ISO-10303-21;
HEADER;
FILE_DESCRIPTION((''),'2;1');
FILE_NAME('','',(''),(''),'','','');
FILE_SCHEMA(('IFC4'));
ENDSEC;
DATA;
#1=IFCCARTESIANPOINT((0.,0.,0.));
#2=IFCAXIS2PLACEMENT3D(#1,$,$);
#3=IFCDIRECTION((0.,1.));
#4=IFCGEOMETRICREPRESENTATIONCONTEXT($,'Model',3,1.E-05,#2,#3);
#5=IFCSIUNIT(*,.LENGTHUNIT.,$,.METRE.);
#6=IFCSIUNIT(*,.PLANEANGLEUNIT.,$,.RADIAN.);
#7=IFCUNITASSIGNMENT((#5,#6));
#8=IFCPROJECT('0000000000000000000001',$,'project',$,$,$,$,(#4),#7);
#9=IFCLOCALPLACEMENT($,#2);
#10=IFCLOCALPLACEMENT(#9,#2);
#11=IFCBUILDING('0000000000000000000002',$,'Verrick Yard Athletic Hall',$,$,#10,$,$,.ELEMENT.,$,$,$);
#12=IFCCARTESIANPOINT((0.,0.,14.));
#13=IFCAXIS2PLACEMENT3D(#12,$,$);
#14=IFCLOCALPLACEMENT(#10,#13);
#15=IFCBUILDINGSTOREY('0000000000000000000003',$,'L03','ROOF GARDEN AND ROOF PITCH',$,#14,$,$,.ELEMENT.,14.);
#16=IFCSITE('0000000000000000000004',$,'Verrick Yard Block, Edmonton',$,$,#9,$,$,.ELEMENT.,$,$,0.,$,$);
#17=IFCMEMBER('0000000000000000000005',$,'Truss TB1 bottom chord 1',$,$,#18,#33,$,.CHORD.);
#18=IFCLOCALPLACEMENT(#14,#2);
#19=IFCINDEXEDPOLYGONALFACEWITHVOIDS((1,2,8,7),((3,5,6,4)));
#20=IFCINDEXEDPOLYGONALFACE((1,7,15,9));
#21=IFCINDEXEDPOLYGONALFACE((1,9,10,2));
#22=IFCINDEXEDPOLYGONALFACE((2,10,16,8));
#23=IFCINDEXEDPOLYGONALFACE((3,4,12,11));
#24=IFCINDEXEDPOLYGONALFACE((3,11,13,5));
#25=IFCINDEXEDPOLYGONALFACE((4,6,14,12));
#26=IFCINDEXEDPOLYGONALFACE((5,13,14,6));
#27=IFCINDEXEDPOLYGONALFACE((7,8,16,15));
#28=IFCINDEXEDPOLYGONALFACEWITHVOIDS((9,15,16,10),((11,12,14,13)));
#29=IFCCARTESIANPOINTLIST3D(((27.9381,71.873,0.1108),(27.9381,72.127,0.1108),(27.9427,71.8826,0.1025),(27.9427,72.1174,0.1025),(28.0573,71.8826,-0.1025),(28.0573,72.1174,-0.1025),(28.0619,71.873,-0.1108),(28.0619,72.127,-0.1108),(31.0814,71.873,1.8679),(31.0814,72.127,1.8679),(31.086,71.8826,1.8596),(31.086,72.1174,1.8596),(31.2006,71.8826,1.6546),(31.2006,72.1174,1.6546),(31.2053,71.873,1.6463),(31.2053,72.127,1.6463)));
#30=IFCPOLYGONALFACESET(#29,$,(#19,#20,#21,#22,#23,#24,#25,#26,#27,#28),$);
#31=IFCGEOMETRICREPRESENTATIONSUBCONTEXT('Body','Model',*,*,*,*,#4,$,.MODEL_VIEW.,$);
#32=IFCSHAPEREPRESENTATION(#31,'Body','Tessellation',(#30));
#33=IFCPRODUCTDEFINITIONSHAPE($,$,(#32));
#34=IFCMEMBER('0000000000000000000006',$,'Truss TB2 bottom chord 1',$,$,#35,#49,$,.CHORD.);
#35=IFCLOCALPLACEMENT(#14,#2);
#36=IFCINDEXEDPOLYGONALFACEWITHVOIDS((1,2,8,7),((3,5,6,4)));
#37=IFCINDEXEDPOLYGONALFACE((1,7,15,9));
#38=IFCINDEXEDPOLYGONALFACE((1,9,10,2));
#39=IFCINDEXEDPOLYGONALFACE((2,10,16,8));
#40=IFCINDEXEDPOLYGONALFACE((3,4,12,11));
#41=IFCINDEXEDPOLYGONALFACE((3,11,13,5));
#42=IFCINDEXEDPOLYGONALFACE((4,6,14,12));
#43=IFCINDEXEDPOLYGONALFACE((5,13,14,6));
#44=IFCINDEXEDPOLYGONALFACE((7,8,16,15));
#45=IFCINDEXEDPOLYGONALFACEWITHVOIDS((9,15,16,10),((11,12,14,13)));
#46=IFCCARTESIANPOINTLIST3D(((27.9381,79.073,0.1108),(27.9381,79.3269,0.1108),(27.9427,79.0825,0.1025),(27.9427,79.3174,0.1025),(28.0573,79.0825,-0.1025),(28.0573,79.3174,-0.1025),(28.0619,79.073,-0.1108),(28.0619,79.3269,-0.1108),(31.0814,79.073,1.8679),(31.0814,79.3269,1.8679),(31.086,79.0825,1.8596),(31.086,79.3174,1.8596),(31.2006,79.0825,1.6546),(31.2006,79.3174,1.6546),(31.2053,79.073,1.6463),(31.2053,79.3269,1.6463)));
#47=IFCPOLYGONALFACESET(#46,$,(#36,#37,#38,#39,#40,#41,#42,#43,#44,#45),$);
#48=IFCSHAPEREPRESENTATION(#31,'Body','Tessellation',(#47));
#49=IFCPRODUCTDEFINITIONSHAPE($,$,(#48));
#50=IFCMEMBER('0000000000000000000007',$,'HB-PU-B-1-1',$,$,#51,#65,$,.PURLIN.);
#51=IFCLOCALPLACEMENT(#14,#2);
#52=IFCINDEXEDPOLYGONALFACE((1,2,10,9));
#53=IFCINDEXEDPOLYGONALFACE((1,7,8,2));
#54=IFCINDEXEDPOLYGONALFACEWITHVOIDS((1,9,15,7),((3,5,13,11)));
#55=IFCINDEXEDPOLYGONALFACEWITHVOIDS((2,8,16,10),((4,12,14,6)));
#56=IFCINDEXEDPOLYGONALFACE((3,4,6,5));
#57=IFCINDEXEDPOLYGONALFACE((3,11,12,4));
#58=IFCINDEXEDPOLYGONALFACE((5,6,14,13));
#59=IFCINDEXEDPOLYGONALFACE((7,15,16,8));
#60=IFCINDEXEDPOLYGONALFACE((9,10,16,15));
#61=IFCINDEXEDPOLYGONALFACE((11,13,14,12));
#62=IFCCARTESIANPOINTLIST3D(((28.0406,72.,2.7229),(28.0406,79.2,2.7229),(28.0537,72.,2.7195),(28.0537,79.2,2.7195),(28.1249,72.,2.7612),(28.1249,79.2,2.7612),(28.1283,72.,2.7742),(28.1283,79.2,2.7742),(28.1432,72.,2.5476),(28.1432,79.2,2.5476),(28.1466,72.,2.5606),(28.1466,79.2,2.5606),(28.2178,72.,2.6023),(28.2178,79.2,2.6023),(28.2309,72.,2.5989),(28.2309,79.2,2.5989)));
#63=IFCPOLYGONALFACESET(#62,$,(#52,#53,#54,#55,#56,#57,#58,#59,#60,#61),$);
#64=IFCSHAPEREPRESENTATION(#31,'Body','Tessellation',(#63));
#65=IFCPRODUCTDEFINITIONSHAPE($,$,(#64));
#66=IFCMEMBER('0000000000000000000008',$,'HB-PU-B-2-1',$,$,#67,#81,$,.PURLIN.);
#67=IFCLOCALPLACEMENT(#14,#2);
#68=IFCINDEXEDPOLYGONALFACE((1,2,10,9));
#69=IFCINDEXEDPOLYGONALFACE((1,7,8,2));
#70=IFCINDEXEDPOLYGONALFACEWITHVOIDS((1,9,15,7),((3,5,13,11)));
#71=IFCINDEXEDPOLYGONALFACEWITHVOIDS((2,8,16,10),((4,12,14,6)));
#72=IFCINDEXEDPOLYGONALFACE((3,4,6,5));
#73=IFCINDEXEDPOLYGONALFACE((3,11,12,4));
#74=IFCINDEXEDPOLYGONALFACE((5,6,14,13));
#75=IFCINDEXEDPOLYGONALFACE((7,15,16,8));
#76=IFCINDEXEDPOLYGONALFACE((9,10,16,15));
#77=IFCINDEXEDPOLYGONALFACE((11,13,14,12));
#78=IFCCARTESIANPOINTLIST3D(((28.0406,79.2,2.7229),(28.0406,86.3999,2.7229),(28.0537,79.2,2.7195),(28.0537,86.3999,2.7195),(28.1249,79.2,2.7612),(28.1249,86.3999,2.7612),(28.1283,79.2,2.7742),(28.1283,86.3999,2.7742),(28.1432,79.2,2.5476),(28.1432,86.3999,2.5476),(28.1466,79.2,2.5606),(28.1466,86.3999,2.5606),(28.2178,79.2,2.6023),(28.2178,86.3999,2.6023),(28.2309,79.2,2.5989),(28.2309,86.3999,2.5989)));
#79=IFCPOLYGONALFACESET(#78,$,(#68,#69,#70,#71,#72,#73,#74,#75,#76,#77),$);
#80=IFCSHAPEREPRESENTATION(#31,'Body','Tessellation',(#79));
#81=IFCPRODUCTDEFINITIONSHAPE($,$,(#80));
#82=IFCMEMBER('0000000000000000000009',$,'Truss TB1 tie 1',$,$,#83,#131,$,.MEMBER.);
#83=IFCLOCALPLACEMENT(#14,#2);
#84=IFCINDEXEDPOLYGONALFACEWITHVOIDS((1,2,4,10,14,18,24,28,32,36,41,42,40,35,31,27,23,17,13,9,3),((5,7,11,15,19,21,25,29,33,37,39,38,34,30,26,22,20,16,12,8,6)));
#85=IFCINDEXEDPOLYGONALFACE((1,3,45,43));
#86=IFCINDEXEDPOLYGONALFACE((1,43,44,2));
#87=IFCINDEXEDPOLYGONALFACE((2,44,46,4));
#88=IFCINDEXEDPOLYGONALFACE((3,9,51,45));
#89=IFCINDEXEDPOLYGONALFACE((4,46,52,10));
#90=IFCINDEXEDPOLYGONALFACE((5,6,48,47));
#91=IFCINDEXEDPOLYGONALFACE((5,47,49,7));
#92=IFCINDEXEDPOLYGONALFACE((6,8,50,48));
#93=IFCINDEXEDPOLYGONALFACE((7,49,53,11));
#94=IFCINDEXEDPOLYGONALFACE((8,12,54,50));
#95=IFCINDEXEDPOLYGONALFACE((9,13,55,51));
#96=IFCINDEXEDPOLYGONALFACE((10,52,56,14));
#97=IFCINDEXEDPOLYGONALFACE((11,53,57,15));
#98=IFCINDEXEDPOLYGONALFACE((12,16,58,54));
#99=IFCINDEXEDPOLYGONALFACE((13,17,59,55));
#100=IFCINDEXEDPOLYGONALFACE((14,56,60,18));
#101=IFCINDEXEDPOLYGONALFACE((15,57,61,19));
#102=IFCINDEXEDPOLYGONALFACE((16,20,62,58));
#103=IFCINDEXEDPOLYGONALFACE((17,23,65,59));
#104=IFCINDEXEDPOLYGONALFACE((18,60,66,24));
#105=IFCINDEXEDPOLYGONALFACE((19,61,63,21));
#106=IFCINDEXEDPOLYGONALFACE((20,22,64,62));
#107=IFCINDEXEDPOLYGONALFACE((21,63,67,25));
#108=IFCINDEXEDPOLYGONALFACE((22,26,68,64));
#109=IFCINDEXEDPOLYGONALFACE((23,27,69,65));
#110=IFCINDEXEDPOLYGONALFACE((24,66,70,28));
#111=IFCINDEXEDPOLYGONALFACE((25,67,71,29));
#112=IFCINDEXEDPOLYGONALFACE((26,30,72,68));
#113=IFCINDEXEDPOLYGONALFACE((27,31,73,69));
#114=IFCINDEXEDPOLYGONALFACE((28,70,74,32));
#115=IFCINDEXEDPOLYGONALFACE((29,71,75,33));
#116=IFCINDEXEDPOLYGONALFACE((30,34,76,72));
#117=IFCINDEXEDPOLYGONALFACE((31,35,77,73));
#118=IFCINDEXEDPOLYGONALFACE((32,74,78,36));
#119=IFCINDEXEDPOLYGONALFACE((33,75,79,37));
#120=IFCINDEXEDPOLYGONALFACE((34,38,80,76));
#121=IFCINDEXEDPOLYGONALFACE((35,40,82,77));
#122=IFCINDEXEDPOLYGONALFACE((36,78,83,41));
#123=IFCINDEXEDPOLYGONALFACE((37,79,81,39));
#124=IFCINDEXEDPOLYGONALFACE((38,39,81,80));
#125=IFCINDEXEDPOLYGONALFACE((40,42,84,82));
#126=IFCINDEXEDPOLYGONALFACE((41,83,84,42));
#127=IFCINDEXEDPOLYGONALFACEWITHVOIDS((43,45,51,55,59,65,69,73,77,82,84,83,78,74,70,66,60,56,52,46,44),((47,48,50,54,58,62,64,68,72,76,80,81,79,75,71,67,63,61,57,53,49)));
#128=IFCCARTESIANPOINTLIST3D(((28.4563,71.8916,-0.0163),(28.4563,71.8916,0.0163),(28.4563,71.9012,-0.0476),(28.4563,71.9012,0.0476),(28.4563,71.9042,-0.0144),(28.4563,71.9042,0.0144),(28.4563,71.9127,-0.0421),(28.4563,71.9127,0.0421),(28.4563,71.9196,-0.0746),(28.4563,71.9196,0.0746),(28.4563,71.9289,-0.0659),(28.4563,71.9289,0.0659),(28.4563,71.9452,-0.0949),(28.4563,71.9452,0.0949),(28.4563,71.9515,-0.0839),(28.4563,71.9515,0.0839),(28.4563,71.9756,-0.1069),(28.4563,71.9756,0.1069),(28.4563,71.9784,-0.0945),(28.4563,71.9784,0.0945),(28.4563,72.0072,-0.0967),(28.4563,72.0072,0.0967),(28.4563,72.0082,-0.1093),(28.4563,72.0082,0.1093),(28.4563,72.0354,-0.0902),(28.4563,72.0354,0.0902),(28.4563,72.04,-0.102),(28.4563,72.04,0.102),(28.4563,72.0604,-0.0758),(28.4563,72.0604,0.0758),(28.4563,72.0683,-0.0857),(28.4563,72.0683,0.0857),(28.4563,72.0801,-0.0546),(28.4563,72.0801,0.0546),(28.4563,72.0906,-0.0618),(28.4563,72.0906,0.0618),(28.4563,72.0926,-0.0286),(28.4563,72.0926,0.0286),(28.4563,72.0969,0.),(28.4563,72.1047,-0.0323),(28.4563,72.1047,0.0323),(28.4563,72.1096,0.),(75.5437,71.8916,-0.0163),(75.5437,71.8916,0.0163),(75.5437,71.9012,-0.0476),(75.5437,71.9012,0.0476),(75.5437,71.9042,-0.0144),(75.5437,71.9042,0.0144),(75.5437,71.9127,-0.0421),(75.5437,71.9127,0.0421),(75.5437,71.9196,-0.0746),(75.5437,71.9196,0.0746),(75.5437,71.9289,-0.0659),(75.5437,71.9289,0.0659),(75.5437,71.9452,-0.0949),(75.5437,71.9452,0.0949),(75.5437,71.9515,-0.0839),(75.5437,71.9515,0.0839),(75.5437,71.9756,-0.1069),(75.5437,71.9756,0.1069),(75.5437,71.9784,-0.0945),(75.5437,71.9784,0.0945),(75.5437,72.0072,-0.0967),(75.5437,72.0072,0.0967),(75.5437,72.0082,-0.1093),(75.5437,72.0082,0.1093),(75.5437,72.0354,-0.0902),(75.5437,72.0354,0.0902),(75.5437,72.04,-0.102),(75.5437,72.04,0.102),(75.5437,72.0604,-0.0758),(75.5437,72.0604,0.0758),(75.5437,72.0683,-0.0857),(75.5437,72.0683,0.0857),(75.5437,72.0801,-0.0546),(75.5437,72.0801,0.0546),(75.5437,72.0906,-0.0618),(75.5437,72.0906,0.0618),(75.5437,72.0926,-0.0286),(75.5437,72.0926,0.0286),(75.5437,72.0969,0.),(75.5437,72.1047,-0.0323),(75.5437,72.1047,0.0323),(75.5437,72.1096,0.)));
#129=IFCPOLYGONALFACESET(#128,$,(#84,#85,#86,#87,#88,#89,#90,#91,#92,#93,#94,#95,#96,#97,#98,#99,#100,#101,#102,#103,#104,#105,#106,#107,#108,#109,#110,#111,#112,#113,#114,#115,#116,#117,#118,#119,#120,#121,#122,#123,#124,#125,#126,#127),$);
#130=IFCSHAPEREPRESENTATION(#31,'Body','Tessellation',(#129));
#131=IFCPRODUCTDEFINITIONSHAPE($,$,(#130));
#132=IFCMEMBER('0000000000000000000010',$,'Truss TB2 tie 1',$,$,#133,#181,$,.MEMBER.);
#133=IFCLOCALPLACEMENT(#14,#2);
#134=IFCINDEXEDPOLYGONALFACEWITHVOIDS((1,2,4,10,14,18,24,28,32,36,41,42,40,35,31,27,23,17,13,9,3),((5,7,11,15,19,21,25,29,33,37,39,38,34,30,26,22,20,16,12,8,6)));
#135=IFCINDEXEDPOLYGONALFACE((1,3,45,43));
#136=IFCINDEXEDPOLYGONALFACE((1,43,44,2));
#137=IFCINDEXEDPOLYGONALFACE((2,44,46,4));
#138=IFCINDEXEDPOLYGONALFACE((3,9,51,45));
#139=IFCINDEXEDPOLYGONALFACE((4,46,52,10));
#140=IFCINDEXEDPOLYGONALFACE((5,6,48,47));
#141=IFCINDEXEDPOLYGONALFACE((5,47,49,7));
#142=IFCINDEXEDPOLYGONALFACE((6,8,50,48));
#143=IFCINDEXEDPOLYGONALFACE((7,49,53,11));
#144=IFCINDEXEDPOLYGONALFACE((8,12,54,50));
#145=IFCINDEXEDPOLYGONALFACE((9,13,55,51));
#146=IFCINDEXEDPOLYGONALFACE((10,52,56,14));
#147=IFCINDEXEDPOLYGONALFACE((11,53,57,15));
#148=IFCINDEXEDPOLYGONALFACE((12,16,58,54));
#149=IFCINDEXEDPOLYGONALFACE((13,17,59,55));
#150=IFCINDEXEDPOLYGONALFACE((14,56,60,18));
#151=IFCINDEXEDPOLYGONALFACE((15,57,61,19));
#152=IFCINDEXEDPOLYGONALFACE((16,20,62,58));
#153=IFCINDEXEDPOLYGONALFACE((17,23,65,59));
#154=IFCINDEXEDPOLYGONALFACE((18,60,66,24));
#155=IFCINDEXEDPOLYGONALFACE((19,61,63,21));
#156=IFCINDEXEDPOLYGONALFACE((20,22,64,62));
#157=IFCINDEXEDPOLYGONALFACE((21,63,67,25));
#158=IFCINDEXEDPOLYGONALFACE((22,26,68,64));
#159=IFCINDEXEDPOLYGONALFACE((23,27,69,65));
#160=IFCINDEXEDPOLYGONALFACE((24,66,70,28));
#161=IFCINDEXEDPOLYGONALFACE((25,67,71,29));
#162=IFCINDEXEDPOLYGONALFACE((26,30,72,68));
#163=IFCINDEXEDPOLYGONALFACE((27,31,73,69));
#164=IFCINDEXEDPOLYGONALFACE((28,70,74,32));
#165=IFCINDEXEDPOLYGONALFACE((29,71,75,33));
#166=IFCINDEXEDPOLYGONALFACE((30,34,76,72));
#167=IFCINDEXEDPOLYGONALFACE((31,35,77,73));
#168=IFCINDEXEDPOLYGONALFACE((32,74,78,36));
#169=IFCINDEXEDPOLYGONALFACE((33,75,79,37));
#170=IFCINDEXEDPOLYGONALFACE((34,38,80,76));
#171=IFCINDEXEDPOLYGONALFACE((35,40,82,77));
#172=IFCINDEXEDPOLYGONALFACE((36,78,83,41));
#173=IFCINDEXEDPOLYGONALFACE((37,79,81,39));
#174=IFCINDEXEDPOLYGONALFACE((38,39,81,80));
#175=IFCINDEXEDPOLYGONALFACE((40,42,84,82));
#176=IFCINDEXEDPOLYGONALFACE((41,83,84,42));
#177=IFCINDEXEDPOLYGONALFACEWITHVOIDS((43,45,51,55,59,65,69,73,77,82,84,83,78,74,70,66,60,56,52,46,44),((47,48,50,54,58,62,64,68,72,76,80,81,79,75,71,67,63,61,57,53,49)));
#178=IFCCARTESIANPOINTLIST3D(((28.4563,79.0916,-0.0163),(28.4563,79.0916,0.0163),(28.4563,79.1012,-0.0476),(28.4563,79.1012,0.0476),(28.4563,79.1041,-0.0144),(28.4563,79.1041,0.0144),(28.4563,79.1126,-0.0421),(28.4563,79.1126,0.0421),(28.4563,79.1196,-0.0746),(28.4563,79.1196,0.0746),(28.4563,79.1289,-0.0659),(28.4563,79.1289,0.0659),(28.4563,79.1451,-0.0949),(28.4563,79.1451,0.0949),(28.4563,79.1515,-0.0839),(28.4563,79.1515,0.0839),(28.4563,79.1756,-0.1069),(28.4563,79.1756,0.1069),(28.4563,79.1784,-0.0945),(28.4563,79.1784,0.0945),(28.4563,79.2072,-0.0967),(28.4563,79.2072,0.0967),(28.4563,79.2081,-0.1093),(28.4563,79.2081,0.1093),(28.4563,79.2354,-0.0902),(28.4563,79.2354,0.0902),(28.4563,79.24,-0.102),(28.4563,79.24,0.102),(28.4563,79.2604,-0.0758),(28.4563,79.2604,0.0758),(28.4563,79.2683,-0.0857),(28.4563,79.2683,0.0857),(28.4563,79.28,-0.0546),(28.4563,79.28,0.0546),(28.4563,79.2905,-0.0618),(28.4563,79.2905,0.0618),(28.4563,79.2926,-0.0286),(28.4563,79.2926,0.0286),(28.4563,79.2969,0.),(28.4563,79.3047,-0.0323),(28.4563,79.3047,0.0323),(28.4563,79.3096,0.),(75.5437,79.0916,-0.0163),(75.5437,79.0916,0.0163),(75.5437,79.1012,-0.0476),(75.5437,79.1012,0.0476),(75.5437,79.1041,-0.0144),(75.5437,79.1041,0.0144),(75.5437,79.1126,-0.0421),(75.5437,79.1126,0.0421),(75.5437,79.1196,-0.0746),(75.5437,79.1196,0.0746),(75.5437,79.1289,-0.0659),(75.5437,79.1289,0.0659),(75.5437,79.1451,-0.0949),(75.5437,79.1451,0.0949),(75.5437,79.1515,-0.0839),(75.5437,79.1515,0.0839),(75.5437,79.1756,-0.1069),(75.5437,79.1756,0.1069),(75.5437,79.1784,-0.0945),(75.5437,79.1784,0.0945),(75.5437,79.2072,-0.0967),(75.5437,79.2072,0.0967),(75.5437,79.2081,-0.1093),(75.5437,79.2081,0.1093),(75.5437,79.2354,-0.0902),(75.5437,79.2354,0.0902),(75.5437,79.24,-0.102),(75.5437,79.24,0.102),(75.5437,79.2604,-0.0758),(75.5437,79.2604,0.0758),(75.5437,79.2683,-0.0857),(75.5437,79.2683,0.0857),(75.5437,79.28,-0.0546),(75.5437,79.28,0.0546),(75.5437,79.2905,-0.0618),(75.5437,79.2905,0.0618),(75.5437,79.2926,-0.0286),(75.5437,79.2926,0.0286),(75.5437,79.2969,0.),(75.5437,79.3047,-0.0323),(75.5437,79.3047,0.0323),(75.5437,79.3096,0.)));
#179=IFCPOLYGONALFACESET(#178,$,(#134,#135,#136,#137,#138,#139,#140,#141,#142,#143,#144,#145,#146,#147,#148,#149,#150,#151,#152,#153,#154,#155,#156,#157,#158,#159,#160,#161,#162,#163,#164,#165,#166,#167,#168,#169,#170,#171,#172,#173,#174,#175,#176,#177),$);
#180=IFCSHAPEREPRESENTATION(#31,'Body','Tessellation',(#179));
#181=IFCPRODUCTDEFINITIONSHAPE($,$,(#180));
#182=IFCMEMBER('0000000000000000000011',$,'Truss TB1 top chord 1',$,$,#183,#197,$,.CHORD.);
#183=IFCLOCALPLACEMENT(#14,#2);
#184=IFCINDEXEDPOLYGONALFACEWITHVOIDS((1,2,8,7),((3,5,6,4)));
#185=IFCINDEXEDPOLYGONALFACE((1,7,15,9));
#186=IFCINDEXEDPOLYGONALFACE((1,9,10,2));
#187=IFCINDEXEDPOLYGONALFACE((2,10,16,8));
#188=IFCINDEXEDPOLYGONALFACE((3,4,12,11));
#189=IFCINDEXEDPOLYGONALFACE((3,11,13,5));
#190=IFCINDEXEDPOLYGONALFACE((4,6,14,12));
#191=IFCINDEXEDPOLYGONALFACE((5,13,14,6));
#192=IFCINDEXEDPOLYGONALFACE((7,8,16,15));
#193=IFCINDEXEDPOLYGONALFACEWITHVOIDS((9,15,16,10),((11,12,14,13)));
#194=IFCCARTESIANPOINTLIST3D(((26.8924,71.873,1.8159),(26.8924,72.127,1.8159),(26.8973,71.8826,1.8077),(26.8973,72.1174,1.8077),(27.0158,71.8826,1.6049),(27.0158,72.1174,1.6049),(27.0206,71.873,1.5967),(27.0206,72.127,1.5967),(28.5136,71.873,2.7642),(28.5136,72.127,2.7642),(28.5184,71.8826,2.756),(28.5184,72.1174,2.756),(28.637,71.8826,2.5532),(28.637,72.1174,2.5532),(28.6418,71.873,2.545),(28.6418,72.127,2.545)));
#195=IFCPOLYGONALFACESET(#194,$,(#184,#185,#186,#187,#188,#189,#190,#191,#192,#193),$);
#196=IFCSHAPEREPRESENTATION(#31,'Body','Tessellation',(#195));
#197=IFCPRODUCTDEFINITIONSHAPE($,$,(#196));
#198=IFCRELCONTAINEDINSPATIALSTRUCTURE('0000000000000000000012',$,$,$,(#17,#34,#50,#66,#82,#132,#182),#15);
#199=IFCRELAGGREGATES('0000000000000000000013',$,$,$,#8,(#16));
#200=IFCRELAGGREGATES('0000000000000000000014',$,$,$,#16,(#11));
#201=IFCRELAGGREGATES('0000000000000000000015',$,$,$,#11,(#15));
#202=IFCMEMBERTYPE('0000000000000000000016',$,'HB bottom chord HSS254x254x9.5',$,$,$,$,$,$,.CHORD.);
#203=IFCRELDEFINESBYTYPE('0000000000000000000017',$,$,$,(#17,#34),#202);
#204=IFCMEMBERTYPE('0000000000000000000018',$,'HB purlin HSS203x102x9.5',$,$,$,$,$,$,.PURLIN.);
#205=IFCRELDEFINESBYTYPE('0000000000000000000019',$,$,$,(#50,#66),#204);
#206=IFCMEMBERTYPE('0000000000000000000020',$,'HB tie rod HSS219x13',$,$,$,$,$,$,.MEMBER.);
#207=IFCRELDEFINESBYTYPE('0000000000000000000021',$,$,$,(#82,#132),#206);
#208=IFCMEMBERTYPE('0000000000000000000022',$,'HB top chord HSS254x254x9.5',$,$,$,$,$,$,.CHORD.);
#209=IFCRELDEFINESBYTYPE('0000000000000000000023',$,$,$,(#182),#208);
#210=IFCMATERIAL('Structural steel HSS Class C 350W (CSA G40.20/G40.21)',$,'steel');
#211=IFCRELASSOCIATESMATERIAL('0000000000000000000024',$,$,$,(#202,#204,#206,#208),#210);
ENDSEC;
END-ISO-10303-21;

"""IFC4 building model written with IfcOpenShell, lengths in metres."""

from ifc_helpers import new_model, si_unit, direction, frame, origin, origin_2d, place, context, subcontext, project, spatial, hollow_rectangle, hollow_circle, extrude, material, material_profile, profile_set, type_object, element, save


model = new_model("IFC4")

# Units and contexts
model_context = context("Model", 3, precision=1e-05, world=origin(), true_north=direction((0.0, 1.0)))
body_context = subcontext(model_context, "Body", "Model", "MODEL_VIEW")
ifc_project = project(units=[si_unit("LENGTHUNIT", "METRE"), si_unit("PLANEANGLEUNIT", "RADIAN")], contexts=[model_context])

# Site, building, storey
site_placement = place(None, origin())
site = spatial("IfcSite", under=ifc_project, at=site_placement, Name="Verrick Yard Block, Edmonton", CompositionType="ELEMENT", RefElevation=0.0)
building_placement = place(site_placement, origin())
building = spatial("IfcBuilding", under=site, at=building_placement, Name="Verrick Yard Athletic Hall", CompositionType="ELEMENT")
storey_placement = place(building_placement, frame((0.0, 0.0, 14.0)))
storey = spatial("IfcBuildingStorey", under=building, at=storey_placement, Name="L03", Description="ROOF GARDEN AND ROOF PITCH", CompositionType="ELEMENT", Elevation=14.0)

# Members
ifc_material_1 = material(Name="Structural steel HSS Class C 350W (CSA G40.20/G40.21)", Category="steel")
ifc_material_profile_1 = material_profile(ifc_material_1, hollow_rectangle(XDim=0.2539, YDim=0.2539, WallThickness=0.0095, at=origin_2d()), Name="HSS254x254x9.5")
ifc_profile_set_1 = profile_set([ifc_material_profile_1], Name="Structural steel HSS Class C 350W (CSA G40.20/G40.21)")
member_type_1 = type_object("IfcMemberType", Name="HB bottom chord HSS254x254x9.5", PredefinedType="CHORD", material=ifc_profile_set_1)
for number, where, z_axis, x_axis, name in (
    (1, (28.0, 72.0, 0.0), (0.872881, 0.0, 0.487932), (0.0, 1.0, 0.0), "Truss TB1 bottom chord 1"),
    (2, (28.0, 79.2, 0.0), (0.872881, 0.0, 0.487932), (0.0, 1.0, 0.0), "Truss TB2 bottom chord 1"),
):
    element("IfcMember", number, at=place(storey_placement, frame(where, z_axis=z_axis, x_axis=x_axis)), inside=storey, type_object=member_type_1, Name=name, PredefinedType="CHORD", context=body_context, shape_type="SweptSolid", body=[
        extrude(hollow_rectangle(XDim=0.2539, YDim=0.2539, WallThickness=0.0095, at=origin_2d()), origin(), (0.0, 0.0, 1.0), 3.6011),
    ])
ifc_material_profile_2 = material_profile(ifc_material_1, hollow_rectangle(XDim=0.1016, YDim=0.2031, WallThickness=0.0095, at=origin_2d()), Name="HSS203x102x9.5")
ifc_profile_set_2 = profile_set([ifc_material_profile_2], Name="Structural steel HSS Class C 350W (CSA G40.20/G40.21)")
member_type_2 = type_object("IfcMemberType", Name="HB purlin HSS203x102x9.5", PredefinedType="PURLIN", material=ifc_profile_set_2)
for number, where, z_axis, x_axis, name in (
    (3, (28.1357, 72.0, 2.6609), (0.0, 1.0, 0.0), (-0.863168, 0.0, -0.504917), "HB-PU-B-1-1"),
    (4, (28.1357, 79.2, 2.6609), (0.0, 1.0, 0.0), (-0.863168, 0.0, -0.504917), "HB-PU-B-2-1"),
):
    element("IfcMember", number, at=place(storey_placement, frame(where, z_axis=z_axis, x_axis=x_axis)), inside=storey, type_object=member_type_2, Name=name, PredefinedType="PURLIN", context=body_context, shape_type="SweptSolid", body=[
        extrude(hollow_rectangle(XDim=0.1016, YDim=0.2031, WallThickness=0.0095, at=origin_2d()), origin(), (0.0, 0.0, 1.0), 7.2),
    ])
ifc_material_profile_3 = material_profile(ifc_material_1, hollow_circle(Radius=0.1096, WallThickness=0.0127, at=origin_2d()), Name="HSS219x13")
ifc_profile_set_3 = profile_set([ifc_material_profile_3], Name="Structural steel HSS Class C 350W (CSA G40.20/G40.21)")
member_type_3 = type_object("IfcMemberType", Name="HB tie rod HSS219x13", PredefinedType="MEMBER", material=ifc_profile_set_3)
for number, where, z_axis, x_axis, name in (
    (5, (28.4563, 72.0, 0.0), (1.0, 0.0, 0.0), (0.0, 1.0, 0.0), "Truss TB1 tie 1"),
    (6, (28.4563, 79.2, 0.0), (1.0, 0.0, 0.0), (0.0, 1.0, 0.0), "Truss TB2 tie 1"),
):
    element("IfcMember", number, at=place(storey_placement, frame(where, z_axis=z_axis, x_axis=x_axis)), inside=storey, type_object=member_type_3, Name=name, PredefinedType="MEMBER", context=body_context, shape_type="SweptSolid", body=[
        extrude(hollow_circle(Radius=0.1096, WallThickness=0.0127, at=origin_2d()), origin(), (0.0, 0.0, 1.0), 47.0874),
    ])
ifc_material_profile_4 = material_profile(ifc_material_1, hollow_rectangle(XDim=0.2539, YDim=0.2539, WallThickness=0.0095, at=origin_2d()), Name="HSS254x254x9.5")
ifc_profile_set_4 = profile_set([ifc_material_profile_4], Name="Structural steel HSS Class C 350W (CSA G40.20/G40.21)")
member_type_4 = type_object("IfcMemberType", Name="HB top chord HSS254x254x9.5", PredefinedType="CHORD", material=ifc_profile_set_4)
member_1_placement = place(storey_placement, frame((26.9565, 72.0, 1.7063), z_axis=(0.863175, 0.0, 0.504905), x_axis=(0.0, 1.0, 0.0)))
element("IfcMember", 7, at=member_1_placement, inside=storey, type_object=member_type_4, Name="Truss TB1 top chord 1", PredefinedType="CHORD", context=body_context, shape_type="SweptSolid", body=[
    extrude(hollow_rectangle(XDim=0.2539, YDim=0.2539, WallThickness=0.0095, at=origin_2d()), origin(), (0.0, 0.0, 1.0), 1.8782),
])

save(model, "model.ifc")
